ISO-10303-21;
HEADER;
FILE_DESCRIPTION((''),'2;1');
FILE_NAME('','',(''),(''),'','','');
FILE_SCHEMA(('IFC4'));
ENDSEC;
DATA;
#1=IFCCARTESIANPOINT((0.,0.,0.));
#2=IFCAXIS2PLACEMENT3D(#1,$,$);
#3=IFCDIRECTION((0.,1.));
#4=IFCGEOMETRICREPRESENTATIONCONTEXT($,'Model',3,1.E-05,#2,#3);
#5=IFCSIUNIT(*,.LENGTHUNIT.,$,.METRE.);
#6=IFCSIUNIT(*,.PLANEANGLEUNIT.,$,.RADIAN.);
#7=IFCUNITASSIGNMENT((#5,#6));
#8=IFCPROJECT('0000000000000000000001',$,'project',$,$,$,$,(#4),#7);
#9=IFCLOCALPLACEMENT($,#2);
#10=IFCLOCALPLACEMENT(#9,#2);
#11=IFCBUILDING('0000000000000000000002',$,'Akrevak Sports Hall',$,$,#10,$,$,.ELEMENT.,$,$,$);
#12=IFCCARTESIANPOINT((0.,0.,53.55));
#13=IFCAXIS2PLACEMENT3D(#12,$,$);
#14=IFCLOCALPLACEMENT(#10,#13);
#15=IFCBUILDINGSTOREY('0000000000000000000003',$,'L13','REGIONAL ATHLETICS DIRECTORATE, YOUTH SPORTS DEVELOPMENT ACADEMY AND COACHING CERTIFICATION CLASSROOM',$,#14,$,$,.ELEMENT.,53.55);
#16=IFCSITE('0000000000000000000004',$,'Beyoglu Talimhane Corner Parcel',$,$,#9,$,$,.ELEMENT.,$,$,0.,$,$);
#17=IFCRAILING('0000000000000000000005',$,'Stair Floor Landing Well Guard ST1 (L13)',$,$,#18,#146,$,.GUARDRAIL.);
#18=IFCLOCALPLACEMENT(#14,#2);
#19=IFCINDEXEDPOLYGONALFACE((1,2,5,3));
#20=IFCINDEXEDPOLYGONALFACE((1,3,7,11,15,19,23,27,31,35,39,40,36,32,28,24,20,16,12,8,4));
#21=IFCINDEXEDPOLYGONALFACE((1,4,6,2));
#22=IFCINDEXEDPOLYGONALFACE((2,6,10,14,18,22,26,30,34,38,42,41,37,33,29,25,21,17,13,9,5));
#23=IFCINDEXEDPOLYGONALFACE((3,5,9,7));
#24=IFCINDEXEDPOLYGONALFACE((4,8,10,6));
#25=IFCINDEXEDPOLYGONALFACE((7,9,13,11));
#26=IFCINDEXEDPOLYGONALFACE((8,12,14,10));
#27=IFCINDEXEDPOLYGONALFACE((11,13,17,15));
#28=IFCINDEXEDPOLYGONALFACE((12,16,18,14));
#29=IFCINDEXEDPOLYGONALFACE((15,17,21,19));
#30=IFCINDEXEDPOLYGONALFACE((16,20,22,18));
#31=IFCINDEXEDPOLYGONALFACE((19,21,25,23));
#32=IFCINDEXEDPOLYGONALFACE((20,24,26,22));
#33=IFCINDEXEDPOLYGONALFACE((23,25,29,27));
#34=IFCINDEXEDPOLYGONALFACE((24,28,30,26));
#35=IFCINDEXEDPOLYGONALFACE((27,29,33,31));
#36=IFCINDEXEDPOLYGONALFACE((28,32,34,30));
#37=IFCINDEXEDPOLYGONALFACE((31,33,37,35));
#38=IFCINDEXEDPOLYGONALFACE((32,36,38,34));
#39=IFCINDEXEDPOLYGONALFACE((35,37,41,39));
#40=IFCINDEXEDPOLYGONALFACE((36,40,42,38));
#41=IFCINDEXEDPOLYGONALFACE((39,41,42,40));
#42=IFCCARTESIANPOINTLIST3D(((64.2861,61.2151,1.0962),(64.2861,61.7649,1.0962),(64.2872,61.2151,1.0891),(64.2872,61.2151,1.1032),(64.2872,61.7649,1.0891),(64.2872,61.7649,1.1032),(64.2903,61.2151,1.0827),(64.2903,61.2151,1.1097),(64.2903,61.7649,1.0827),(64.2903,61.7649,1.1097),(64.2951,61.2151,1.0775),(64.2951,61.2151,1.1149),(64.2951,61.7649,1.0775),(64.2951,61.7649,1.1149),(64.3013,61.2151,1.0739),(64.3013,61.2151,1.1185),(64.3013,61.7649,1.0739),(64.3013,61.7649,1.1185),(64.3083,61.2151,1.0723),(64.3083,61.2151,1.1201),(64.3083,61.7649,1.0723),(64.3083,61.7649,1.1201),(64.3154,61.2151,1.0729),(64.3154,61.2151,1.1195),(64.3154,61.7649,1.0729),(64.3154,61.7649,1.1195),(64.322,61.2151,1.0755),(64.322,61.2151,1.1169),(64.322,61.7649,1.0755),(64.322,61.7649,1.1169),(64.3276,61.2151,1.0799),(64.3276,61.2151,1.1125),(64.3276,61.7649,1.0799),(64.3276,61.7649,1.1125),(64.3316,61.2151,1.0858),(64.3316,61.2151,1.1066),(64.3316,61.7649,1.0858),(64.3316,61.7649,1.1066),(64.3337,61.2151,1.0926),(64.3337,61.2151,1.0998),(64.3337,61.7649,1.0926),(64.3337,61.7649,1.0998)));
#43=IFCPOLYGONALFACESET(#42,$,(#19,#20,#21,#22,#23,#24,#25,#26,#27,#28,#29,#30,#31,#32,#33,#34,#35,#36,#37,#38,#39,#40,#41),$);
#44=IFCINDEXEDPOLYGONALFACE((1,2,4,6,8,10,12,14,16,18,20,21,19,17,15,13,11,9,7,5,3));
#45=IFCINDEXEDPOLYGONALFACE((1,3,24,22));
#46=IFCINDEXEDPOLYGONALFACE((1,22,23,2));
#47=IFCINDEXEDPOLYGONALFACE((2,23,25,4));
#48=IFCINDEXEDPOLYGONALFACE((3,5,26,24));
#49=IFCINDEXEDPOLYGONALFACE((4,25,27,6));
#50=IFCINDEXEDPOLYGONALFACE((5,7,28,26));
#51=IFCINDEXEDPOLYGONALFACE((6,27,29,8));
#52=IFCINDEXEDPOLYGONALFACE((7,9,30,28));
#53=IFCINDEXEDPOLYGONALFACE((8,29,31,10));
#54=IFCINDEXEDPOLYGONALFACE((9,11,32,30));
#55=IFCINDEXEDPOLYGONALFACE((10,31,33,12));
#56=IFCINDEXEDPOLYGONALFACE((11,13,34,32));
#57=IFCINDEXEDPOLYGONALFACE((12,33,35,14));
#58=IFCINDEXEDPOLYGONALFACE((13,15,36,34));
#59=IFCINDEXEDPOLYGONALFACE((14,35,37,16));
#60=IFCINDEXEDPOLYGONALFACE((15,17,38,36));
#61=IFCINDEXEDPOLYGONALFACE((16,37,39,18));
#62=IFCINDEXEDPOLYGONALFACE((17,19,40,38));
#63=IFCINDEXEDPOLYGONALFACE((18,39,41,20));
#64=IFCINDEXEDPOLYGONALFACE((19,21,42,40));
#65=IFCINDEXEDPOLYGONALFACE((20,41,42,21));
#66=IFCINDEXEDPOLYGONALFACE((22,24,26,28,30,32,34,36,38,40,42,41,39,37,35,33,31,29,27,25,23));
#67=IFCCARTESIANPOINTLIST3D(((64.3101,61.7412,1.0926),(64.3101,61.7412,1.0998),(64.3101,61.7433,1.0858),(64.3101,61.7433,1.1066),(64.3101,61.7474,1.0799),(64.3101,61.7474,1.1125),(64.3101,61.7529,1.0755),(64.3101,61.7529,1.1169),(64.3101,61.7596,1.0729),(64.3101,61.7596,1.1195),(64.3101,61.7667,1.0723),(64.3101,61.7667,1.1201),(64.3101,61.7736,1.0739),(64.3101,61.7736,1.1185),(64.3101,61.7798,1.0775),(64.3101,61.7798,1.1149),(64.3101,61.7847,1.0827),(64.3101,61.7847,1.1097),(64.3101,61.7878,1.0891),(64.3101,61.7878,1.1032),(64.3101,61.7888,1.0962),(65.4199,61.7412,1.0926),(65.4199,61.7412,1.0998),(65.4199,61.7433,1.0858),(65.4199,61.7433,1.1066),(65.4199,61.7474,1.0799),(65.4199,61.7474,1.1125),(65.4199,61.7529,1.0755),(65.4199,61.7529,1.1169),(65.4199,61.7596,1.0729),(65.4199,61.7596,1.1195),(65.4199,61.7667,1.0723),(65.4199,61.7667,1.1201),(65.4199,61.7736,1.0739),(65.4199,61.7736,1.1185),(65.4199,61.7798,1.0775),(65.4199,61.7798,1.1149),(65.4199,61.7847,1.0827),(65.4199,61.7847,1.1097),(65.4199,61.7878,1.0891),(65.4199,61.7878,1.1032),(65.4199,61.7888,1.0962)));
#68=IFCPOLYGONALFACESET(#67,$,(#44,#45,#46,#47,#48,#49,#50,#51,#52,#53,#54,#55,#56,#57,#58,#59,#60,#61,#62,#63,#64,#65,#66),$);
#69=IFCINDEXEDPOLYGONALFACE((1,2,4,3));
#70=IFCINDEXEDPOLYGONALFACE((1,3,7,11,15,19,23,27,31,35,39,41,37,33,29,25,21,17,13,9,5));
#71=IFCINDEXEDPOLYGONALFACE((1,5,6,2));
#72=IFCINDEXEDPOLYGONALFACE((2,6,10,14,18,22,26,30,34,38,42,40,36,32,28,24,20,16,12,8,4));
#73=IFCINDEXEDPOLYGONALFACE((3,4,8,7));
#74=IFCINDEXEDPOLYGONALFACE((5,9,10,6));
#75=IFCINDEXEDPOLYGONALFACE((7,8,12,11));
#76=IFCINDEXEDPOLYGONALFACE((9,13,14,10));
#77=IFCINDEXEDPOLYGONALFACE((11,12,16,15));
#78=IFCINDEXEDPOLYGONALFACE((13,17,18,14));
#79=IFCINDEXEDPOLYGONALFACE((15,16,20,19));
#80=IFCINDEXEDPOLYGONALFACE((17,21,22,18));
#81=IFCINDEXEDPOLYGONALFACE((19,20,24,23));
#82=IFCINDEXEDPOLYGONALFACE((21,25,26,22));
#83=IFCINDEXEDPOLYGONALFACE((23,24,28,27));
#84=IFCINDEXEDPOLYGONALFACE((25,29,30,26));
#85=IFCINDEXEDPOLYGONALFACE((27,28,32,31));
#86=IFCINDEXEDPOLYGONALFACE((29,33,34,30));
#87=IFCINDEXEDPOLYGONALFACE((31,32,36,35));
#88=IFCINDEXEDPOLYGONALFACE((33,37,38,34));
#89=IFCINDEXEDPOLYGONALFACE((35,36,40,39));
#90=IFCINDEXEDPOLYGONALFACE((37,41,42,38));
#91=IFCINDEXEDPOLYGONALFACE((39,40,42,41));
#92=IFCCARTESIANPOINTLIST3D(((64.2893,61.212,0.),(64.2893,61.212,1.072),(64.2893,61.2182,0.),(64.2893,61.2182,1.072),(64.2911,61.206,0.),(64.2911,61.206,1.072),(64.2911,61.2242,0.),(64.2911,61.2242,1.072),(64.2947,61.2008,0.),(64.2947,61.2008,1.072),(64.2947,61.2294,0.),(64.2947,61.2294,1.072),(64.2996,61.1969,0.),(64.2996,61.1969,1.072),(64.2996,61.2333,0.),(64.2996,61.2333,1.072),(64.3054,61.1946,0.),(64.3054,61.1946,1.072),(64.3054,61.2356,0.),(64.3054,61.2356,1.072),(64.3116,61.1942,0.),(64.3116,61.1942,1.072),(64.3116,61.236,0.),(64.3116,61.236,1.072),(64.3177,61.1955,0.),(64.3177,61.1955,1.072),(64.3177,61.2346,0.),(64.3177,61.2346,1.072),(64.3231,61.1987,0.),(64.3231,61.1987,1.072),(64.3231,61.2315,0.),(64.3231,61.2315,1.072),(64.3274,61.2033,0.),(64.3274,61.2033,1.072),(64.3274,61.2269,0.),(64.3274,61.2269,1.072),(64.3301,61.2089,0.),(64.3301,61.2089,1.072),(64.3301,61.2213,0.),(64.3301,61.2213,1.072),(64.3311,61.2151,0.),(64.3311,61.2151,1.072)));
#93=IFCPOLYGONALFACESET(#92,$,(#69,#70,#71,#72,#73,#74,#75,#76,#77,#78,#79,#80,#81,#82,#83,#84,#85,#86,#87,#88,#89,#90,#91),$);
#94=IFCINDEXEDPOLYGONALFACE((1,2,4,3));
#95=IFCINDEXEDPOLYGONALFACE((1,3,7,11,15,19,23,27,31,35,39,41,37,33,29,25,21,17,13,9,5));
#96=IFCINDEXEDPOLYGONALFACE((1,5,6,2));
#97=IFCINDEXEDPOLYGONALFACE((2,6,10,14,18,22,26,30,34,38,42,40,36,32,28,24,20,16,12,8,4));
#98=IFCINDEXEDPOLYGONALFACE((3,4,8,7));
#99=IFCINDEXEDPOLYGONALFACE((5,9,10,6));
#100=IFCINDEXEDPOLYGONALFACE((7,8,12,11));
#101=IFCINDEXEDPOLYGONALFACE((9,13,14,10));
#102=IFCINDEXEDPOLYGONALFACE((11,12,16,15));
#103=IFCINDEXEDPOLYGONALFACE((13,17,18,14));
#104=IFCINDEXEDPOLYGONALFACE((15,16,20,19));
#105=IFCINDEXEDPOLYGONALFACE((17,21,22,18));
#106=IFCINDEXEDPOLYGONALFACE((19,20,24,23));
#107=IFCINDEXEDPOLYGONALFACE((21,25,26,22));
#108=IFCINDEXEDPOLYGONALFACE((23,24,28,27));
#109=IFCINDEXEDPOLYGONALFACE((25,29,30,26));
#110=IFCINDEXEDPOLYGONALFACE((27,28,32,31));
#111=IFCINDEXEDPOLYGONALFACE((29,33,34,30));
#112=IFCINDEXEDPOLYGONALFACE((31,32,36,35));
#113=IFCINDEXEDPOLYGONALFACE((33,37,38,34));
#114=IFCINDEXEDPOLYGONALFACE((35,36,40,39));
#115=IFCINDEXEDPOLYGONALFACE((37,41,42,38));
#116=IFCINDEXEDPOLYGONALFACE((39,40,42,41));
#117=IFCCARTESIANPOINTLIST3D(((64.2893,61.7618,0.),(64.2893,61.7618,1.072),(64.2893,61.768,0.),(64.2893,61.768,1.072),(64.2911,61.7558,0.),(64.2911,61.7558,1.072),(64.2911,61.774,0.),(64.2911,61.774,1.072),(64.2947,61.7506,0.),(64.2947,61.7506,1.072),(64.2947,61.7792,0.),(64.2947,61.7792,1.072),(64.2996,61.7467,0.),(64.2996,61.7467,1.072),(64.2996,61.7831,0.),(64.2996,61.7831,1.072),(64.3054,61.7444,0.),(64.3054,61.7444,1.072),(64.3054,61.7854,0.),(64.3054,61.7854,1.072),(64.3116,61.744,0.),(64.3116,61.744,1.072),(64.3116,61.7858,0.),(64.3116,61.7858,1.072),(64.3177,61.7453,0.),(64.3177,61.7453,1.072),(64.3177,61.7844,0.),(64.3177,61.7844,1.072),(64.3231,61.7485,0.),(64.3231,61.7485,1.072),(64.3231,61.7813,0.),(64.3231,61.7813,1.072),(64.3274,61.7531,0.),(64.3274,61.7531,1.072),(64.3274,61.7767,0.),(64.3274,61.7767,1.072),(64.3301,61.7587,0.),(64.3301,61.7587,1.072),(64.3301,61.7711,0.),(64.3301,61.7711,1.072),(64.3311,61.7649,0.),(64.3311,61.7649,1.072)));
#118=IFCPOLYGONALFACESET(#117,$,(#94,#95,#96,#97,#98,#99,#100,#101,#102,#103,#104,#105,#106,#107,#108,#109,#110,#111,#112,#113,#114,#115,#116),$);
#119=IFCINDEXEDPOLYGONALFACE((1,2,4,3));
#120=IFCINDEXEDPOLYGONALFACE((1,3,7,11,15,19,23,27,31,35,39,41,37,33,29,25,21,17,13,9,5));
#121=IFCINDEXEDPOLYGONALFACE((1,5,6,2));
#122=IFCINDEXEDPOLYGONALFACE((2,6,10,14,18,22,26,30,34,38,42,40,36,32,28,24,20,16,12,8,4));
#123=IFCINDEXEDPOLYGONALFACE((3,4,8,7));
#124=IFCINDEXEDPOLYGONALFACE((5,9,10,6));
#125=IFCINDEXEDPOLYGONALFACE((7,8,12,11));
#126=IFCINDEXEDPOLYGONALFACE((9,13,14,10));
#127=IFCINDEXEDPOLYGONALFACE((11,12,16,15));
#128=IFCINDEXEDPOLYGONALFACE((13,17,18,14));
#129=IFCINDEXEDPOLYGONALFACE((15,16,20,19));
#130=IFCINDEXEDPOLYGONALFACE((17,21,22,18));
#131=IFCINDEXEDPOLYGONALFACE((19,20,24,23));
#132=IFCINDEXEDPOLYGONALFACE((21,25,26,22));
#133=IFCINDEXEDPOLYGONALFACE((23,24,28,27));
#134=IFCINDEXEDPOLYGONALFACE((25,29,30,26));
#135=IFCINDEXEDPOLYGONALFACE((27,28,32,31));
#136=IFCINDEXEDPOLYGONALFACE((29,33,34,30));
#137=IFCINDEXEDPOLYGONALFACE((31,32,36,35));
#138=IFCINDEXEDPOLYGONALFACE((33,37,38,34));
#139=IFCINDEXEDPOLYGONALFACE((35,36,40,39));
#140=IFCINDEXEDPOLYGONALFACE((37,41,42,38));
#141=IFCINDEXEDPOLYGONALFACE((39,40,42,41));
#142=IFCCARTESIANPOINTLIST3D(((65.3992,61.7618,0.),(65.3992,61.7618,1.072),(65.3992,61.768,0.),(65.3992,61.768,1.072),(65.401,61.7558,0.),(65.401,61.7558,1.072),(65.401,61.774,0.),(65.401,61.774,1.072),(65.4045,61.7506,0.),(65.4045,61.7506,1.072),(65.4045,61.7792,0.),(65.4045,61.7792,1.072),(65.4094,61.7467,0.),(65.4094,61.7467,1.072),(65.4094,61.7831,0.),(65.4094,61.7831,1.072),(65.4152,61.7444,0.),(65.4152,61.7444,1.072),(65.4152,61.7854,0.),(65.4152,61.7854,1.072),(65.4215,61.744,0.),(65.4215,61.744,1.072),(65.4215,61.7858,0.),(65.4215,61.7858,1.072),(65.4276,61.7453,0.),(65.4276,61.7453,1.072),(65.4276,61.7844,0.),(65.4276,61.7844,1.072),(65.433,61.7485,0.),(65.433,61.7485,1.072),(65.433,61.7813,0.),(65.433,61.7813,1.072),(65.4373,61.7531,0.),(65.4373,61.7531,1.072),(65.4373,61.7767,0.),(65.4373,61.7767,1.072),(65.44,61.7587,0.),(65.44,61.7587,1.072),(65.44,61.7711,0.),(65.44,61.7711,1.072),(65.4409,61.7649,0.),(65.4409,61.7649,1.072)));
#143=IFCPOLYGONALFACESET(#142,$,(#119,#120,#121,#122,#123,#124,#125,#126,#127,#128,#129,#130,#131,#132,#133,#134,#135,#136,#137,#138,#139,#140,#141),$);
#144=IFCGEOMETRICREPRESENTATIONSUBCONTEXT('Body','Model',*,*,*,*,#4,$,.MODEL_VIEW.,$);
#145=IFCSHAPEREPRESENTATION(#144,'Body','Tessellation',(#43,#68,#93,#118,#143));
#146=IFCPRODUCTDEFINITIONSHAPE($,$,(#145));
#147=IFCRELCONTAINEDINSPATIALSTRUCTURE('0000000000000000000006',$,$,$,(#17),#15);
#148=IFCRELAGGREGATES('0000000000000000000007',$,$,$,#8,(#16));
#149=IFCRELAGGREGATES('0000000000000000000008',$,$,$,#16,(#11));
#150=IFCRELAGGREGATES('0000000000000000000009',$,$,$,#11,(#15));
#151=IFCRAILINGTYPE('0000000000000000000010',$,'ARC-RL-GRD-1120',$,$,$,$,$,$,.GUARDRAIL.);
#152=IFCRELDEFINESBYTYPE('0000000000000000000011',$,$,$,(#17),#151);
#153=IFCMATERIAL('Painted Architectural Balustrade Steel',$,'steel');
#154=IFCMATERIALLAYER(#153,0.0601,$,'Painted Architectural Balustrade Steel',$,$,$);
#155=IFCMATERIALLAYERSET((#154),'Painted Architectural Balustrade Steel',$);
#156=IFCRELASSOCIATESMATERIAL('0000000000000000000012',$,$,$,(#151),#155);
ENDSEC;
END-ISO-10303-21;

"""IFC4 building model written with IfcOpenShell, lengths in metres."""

from ifc_helpers import new_model, si_unit, direction, frame, origin, origin_2d, place, context, subcontext, project, spatial, circle, extrude, material, layer, layer_set, type_object, element, save


model = new_model("IFC4")

# Units and contexts
model_context = context("Model", 3, precision=1e-05, world=origin(), true_north=direction((0.0, 1.0)))
body_context = subcontext(model_context, "Body", "Model", "MODEL_VIEW")
ifc_project = project(units=[si_unit("LENGTHUNIT", "METRE"), si_unit("PLANEANGLEUNIT", "RADIAN")], contexts=[model_context])

# Site, building, storey
site_placement = place(None, origin())
site = spatial("IfcSite", under=ifc_project, at=site_placement, Name="Beyoglu Talimhane Corner Parcel", CompositionType="ELEMENT", RefElevation=0.0)
building_placement = place(site_placement, origin())
building = spatial("IfcBuilding", under=site, at=building_placement, Name="Akrevak Sports Hall", CompositionType="ELEMENT")
storey_placement = place(building_placement, frame((0.0, 0.0, 53.55)))
storey = spatial("IfcBuildingStorey", under=building, at=storey_placement, Name="L13", Description="REGIONAL ATHLETICS DIRECTORATE, YOUTH SPORTS DEVELOPMENT ACADEMY AND COACHING CERTIFICATION CLASSROOM", CompositionType="ELEMENT", Elevation=53.55)

# Railing
ifc_material_1 = material(Name="Painted Architectural Balustrade Steel", Category="steel")
ifc_layer_1 = layer(ifc_material_1, 0.0601, Name="Painted Architectural Balustrade Steel")
ifc_layer_set_1 = layer_set([ifc_layer_1], Name="Painted Architectural Balustrade Steel")
railing_type_1 = type_object("IfcRailingType", Name="ARC-RL-GRD-1120", PredefinedType="GUARDRAIL", material=ifc_layer_set_1)
railing_1_placement = place(storey_placement, frame((64.3101, 61.2151, 0.0)))
element("IfcRailing", 1, at=railing_1_placement, inside=storey, type_object=railing_type_1, Name="Stair Floor Landing Well Guard ST1 (L13)", PredefinedType="GUARDRAIL", context=body_context, shape_type="SweptSolid", body=[
    extrude(circle(Radius=0.0239, at=origin_2d()), frame((0.0, 0.0, 1.0962), z_axis=(0.0, 1.0, 0.0), x_axis=(-1.0, 0.0, 0.0)), (0.0, 0.0, 1.0), 0.5498),
    extrude(circle(Radius=0.0239, at=origin_2d()), frame((0.0, 0.5498, 1.0962), z_axis=(1.0, 0.0, 0.0), x_axis=(0.0, 1.0, 0.0)), (0.0, 0.0, 1.0), 1.1099),
    extrude(circle(Radius=0.021, at=origin_2d()), origin(), (0.0, 0.0, 1.0), 1.072),
    extrude(circle(Radius=0.021, at=origin_2d()), frame((0.0, 0.5498, 0.0)), (0.0, 0.0, 1.0), 1.072),
    extrude(circle(Radius=0.021, at=origin_2d()), frame((1.1099, 0.5498, 0.0)), (0.0, 0.0, 1.0), 1.072),
])

save(model, "model.ifc")
